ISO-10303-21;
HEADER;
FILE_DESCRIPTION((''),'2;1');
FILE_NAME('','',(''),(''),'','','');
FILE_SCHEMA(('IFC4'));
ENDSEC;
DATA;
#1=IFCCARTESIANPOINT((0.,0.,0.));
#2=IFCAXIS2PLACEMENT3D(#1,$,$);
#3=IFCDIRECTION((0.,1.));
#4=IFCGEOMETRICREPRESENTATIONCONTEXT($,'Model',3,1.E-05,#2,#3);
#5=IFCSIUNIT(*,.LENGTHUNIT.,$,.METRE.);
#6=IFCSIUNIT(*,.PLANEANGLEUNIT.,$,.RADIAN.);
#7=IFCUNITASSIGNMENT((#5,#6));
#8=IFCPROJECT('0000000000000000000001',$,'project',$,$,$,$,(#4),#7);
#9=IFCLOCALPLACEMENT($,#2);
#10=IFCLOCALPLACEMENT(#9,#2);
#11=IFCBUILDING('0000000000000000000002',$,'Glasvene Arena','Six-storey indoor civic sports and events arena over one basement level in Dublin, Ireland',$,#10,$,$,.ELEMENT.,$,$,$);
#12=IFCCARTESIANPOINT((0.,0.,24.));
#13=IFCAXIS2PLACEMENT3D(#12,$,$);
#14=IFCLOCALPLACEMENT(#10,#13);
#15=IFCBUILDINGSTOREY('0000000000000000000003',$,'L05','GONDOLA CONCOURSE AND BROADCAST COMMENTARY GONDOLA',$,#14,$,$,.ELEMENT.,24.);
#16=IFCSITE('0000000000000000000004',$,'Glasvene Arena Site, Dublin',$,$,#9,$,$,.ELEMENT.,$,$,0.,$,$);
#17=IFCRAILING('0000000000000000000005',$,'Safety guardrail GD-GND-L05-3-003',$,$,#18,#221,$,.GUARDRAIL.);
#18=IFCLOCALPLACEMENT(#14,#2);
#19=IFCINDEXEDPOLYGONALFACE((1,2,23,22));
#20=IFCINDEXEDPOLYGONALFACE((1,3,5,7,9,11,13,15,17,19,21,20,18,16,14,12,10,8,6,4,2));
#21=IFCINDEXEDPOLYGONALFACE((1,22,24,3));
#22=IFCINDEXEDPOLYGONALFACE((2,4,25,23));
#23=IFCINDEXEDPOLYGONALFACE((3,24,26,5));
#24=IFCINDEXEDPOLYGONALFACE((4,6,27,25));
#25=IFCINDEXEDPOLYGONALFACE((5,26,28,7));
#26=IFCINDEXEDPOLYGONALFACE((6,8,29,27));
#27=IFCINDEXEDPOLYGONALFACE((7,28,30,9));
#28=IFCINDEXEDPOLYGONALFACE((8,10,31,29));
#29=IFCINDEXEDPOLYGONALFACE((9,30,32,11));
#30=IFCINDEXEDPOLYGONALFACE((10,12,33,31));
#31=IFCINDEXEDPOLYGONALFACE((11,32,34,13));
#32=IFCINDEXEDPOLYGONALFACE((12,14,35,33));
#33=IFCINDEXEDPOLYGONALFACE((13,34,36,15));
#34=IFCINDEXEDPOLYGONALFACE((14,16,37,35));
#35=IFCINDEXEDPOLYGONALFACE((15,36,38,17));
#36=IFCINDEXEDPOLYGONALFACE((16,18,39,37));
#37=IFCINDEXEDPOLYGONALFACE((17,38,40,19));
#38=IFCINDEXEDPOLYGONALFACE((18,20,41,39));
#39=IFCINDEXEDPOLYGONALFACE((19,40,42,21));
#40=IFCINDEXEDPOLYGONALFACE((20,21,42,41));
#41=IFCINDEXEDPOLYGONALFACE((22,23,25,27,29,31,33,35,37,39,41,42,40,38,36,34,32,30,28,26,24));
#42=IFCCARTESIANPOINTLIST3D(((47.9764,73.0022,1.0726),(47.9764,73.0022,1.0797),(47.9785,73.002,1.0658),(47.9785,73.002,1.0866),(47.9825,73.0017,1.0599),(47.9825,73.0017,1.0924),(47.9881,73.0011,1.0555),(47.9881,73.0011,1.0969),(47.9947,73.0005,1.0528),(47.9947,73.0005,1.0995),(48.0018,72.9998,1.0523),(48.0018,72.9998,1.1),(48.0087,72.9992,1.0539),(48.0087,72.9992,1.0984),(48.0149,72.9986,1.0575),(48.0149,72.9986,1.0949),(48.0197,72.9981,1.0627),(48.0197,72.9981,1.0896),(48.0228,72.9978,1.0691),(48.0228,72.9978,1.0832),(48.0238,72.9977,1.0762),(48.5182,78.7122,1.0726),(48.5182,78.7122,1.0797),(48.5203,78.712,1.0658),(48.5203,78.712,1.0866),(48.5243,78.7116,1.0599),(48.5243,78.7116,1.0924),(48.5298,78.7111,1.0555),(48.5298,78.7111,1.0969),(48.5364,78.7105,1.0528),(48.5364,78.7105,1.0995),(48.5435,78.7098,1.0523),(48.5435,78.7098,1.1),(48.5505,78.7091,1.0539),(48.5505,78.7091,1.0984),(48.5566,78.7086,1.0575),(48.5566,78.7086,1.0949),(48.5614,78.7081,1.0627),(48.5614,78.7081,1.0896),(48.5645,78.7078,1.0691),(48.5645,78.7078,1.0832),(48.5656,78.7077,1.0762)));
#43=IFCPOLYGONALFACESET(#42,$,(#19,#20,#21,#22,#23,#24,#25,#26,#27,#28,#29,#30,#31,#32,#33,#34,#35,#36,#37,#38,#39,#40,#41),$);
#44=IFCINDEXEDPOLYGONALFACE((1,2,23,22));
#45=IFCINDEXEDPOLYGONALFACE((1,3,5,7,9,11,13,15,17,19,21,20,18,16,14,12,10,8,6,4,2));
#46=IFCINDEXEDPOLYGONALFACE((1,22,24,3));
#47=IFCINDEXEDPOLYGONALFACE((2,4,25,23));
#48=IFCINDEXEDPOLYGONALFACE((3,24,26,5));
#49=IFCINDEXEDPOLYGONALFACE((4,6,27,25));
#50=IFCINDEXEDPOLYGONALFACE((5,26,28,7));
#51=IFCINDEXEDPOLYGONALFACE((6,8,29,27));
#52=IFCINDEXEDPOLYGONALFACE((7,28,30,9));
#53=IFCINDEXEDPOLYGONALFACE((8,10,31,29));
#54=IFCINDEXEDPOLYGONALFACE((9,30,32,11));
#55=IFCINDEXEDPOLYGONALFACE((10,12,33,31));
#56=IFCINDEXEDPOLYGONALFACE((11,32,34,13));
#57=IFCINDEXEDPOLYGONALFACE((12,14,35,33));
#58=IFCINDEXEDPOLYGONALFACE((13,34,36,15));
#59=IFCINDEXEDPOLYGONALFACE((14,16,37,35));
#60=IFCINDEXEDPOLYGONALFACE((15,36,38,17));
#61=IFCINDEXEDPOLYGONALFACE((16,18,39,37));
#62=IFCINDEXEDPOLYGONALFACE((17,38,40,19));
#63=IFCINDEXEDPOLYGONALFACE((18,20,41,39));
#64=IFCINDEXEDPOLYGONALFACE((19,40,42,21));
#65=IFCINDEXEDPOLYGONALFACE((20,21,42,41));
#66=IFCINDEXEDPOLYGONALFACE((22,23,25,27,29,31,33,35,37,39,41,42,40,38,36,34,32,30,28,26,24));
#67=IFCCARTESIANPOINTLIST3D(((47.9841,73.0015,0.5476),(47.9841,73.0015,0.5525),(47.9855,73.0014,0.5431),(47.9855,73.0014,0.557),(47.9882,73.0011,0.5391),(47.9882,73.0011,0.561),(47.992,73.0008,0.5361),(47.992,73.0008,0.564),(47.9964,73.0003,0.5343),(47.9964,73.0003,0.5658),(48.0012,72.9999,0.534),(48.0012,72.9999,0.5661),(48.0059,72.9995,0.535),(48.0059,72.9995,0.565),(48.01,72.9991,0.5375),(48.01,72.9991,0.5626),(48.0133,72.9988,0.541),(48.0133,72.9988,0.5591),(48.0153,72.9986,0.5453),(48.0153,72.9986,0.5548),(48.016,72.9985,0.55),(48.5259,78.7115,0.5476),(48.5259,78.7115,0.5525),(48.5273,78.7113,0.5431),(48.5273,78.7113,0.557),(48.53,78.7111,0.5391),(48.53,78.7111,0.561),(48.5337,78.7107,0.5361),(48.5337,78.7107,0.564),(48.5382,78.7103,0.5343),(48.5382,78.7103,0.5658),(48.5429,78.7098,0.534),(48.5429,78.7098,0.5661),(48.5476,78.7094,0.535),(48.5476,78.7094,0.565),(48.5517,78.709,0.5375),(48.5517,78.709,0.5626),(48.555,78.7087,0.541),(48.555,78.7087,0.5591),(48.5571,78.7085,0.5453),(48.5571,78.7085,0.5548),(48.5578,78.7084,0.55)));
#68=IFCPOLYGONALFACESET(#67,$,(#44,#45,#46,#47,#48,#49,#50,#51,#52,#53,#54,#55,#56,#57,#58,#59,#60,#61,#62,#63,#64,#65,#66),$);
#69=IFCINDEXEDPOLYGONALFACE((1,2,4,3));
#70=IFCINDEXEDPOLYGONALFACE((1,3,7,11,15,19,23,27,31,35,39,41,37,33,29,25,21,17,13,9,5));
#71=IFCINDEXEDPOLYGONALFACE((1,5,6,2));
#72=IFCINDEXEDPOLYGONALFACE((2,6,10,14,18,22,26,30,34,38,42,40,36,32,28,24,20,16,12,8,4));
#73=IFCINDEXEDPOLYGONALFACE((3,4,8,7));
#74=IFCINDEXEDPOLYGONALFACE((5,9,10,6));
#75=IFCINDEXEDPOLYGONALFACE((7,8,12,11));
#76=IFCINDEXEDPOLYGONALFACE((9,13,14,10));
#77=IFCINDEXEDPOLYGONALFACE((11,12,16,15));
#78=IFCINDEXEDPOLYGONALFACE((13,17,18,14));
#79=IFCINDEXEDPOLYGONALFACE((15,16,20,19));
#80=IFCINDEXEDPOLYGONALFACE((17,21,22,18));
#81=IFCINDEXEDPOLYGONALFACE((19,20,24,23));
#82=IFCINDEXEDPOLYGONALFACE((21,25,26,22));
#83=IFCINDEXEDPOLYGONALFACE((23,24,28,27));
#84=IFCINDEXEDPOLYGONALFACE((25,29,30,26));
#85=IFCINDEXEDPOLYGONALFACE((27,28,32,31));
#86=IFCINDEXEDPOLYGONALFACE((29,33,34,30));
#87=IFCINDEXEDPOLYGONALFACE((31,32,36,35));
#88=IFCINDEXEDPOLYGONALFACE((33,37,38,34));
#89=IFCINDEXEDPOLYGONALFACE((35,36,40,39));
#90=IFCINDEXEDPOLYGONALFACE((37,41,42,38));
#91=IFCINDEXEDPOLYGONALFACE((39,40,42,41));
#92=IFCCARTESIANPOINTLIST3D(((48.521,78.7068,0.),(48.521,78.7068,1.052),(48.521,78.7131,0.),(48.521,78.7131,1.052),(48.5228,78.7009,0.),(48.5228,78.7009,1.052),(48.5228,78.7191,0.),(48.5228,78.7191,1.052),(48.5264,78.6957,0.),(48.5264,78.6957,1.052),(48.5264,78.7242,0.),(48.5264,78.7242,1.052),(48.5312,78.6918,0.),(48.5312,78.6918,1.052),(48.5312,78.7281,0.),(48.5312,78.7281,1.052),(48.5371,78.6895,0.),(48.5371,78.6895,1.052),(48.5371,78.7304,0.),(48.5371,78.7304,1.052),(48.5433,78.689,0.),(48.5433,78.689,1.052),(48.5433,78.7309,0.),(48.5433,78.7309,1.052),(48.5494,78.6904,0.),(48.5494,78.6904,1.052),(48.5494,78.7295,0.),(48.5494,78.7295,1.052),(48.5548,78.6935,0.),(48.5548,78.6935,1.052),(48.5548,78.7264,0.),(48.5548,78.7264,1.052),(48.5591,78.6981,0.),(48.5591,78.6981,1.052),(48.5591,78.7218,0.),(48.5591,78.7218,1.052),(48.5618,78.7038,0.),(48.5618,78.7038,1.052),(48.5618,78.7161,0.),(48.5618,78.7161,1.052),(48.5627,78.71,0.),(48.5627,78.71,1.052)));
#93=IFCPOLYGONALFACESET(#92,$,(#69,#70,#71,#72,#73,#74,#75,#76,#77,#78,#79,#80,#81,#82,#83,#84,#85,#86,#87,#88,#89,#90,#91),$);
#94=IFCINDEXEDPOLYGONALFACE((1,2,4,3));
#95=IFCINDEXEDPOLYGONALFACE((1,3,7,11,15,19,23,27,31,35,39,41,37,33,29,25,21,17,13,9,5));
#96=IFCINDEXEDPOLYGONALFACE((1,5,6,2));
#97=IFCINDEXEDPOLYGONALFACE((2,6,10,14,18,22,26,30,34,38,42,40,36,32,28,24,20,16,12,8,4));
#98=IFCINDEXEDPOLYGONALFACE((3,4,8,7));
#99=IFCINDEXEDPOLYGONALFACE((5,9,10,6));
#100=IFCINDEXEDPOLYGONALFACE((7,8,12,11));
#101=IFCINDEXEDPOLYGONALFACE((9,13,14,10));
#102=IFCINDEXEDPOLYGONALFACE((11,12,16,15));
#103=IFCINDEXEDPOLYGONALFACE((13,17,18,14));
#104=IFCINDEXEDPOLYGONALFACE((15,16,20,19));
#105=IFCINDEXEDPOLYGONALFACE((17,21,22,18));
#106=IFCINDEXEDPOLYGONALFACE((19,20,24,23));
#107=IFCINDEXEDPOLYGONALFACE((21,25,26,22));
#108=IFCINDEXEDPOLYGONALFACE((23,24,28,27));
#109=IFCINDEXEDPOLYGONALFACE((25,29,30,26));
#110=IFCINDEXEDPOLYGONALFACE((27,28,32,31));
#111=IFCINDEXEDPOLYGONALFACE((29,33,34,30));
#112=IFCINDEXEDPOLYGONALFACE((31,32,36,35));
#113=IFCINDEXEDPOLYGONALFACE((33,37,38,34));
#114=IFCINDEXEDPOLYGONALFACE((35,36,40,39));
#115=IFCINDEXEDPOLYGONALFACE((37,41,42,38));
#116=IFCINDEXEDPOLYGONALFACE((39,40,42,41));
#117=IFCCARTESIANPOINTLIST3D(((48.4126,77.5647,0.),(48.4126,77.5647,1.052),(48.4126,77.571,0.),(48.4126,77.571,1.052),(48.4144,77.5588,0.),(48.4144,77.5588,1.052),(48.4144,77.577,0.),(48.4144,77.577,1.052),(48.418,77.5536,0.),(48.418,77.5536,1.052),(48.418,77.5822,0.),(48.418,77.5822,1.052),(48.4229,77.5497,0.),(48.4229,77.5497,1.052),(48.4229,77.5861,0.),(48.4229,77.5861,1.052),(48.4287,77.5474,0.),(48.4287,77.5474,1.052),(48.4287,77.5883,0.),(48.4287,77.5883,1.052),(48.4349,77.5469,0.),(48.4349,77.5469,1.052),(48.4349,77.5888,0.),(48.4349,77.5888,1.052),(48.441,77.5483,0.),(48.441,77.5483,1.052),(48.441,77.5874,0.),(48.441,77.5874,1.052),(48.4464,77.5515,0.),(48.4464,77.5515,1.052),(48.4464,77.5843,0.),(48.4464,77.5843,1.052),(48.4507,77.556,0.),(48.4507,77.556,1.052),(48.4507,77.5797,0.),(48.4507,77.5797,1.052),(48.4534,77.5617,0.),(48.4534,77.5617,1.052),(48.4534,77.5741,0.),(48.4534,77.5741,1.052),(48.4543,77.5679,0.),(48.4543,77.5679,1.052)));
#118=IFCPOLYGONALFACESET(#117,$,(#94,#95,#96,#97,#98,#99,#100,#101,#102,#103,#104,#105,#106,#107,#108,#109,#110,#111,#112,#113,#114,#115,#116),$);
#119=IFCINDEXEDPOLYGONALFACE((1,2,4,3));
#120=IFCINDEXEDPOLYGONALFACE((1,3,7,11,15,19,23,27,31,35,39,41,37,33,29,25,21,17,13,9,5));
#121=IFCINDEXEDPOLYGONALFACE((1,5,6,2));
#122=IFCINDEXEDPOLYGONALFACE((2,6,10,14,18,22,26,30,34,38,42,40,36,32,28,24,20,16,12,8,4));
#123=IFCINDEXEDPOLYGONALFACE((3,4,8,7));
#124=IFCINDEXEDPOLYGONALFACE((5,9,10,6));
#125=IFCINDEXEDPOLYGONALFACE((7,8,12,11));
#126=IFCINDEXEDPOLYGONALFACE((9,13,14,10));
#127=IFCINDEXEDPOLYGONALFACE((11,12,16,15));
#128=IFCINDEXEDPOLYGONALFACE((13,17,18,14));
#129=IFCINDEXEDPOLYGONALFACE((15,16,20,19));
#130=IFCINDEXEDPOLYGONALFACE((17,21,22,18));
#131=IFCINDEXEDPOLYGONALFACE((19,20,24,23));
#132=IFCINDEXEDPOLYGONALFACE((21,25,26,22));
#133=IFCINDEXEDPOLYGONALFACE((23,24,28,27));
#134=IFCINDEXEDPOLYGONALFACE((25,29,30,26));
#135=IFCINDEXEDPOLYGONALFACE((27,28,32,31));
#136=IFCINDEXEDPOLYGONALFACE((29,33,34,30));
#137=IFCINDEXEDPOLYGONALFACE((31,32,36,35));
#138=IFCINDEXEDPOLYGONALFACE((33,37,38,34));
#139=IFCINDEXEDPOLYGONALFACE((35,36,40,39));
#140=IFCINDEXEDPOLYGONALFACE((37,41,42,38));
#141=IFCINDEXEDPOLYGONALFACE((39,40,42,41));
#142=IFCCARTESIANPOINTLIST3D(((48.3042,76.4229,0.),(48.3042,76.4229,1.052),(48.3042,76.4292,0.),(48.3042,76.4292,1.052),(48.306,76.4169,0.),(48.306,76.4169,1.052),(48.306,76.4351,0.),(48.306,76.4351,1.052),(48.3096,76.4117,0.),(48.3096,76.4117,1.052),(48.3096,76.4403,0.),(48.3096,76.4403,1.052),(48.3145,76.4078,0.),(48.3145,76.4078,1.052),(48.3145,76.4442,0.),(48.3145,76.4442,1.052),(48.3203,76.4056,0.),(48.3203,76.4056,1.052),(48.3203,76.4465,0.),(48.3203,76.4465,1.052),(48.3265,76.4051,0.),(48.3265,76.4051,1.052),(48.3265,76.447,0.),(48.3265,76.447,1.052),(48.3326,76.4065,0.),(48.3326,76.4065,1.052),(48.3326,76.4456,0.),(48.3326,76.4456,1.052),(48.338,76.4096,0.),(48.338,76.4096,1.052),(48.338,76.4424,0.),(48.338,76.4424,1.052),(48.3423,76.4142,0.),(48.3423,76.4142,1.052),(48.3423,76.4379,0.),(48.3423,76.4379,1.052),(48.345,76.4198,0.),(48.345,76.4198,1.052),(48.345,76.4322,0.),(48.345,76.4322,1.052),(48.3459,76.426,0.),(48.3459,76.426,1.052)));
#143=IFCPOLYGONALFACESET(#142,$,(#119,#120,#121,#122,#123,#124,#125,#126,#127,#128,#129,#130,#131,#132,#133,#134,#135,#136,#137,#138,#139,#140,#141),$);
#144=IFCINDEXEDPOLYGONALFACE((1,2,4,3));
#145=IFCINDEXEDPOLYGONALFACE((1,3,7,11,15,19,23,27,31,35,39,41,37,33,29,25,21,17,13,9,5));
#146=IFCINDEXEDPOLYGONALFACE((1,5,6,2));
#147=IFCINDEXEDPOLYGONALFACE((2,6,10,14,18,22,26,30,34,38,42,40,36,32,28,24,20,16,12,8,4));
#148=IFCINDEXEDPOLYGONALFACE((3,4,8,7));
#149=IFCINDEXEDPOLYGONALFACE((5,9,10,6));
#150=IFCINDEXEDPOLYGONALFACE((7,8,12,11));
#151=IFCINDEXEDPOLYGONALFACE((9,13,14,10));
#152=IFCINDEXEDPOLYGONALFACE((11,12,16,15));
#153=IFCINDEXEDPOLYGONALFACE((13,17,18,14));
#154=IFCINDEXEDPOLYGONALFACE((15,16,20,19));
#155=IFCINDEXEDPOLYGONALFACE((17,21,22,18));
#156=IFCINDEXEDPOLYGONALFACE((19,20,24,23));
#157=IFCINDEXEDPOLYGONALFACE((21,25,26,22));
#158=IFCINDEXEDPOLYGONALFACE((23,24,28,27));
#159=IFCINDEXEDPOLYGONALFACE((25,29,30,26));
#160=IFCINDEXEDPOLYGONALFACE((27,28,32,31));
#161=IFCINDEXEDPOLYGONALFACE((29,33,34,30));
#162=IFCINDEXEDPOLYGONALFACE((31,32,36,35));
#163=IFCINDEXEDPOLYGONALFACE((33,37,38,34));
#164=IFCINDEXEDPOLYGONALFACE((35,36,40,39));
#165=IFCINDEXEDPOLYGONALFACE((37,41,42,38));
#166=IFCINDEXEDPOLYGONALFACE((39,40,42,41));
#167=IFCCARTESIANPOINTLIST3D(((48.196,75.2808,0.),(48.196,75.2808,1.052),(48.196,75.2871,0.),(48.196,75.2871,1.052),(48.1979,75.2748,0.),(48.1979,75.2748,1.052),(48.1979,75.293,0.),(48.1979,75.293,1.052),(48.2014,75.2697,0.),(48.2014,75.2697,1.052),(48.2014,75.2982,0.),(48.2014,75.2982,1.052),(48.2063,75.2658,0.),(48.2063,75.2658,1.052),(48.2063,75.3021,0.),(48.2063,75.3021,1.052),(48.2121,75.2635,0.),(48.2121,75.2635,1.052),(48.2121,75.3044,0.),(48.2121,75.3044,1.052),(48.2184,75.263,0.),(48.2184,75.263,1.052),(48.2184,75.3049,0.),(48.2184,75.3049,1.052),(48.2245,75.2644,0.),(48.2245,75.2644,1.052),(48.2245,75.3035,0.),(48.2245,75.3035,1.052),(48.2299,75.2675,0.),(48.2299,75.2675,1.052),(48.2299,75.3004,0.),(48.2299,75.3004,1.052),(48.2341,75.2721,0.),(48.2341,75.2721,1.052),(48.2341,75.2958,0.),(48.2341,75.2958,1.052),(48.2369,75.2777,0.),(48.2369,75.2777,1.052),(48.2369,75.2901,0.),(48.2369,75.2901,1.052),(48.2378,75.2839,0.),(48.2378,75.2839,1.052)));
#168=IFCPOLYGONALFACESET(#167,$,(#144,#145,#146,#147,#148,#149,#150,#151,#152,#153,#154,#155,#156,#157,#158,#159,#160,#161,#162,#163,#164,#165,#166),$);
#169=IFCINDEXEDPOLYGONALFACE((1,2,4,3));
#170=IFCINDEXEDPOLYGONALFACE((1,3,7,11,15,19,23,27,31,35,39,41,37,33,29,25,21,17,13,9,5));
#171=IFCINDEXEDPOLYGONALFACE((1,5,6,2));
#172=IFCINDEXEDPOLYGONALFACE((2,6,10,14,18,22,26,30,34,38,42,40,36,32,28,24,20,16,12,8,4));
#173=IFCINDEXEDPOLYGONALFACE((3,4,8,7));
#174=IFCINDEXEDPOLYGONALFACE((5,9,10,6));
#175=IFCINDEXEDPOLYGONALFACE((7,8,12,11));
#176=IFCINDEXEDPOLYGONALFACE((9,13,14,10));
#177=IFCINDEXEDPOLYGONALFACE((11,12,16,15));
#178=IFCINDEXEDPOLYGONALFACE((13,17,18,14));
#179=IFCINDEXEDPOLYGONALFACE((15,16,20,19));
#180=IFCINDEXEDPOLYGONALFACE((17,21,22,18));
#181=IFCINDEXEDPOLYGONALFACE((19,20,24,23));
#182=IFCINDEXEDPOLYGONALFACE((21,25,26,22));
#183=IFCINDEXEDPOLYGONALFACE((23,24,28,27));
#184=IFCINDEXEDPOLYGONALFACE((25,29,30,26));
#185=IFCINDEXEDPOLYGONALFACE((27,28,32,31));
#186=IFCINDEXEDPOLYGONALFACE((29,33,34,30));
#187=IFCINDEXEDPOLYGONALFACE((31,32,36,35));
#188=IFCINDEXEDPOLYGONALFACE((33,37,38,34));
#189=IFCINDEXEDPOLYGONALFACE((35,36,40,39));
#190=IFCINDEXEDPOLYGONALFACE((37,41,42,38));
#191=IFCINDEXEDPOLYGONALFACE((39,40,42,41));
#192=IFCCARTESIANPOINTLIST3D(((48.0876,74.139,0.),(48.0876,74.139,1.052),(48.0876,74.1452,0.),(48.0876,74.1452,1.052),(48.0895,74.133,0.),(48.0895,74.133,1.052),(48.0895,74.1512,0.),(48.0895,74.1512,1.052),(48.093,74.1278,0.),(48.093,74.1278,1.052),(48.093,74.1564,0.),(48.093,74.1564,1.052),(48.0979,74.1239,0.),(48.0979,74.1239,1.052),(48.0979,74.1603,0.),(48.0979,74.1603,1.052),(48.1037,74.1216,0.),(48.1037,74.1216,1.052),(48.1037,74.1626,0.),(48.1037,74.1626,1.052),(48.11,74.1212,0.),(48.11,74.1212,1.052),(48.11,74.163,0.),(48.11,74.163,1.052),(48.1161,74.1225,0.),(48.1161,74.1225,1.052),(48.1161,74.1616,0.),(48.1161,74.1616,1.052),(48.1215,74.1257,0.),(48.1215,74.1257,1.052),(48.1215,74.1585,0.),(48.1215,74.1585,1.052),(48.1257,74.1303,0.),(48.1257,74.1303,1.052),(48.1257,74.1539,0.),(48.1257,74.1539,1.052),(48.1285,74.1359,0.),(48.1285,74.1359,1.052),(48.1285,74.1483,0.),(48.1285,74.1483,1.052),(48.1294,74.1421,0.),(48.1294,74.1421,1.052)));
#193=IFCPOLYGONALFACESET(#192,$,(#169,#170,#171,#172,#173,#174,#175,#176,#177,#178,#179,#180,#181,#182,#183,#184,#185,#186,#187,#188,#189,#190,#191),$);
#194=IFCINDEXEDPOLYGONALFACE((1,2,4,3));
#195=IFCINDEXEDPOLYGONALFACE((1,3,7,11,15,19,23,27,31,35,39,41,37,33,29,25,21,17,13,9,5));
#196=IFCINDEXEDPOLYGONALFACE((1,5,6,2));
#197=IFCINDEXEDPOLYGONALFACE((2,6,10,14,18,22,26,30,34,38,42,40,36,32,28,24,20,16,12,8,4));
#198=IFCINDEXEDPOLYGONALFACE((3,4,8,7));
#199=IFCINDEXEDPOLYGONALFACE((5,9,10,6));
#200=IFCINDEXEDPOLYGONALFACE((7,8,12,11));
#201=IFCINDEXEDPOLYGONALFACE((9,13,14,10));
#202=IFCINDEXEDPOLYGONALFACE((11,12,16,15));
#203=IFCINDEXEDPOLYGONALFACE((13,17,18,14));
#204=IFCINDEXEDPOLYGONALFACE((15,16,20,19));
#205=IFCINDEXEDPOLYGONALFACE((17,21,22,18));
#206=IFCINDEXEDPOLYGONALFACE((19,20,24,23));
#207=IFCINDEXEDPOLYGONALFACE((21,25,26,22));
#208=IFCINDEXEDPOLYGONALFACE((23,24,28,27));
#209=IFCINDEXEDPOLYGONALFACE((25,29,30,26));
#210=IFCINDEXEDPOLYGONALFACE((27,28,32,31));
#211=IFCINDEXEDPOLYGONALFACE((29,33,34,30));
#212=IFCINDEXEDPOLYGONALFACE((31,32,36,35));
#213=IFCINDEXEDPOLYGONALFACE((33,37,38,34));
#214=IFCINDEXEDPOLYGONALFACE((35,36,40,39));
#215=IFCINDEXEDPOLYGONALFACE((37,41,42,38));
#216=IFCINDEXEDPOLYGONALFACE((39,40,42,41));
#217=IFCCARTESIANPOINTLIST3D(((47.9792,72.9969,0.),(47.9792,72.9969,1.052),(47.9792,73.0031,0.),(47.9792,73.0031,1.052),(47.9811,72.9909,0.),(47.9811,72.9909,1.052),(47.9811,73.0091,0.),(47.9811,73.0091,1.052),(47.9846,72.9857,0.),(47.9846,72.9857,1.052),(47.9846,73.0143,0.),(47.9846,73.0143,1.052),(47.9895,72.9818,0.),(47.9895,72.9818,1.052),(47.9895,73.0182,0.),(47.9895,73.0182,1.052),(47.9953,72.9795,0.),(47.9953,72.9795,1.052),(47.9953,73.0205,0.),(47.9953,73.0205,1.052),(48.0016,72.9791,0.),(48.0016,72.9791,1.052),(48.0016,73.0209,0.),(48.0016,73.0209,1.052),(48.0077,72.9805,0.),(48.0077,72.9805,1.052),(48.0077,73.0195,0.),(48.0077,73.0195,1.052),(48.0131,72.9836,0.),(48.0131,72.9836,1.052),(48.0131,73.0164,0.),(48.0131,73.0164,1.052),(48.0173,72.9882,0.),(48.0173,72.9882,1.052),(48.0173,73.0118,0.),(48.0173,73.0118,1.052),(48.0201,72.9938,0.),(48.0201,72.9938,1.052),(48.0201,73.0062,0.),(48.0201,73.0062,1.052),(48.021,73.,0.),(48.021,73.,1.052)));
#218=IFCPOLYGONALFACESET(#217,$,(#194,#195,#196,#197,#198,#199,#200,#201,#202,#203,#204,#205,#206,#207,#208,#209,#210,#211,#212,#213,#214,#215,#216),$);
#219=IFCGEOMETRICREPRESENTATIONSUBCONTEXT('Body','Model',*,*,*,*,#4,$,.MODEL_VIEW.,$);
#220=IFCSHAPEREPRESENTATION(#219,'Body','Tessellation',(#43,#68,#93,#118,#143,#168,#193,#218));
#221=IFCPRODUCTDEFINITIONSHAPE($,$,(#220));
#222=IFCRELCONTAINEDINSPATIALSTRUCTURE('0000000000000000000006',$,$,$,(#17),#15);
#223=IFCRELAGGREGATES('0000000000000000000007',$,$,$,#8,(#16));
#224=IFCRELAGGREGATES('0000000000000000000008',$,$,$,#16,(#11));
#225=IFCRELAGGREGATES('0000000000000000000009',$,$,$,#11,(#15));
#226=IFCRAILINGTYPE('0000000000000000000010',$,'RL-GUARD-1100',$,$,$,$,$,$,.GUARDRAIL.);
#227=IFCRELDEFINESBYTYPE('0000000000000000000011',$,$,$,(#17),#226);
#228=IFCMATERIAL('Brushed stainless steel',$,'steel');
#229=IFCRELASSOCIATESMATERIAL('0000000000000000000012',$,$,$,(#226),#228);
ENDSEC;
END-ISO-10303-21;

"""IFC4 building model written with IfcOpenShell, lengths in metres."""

from ifc_helpers import new_model, si_unit, direction, frame, origin, origin_2d, place, context, subcontext, project, spatial, circle, extrude, material, type_object, element, save


model = new_model("IFC4")

# Units and contexts
model_context = context("Model", 3, precision=1e-05, world=origin(), true_north=direction((0.0, 1.0)))
body_context = subcontext(model_context, "Body", "Model", "MODEL_VIEW")
ifc_project = project(units=[si_unit("LENGTHUNIT", "METRE"), si_unit("PLANEANGLEUNIT", "RADIAN")], contexts=[model_context])

# Site, building, storey
site_placement = place(None, origin())
site = spatial("IfcSite", under=ifc_project, at=site_placement, Name="Glasvene Arena Site, Dublin", CompositionType="ELEMENT", RefElevation=0.0)
building_placement = place(site_placement, origin())
building = spatial("IfcBuilding", under=site, at=building_placement, Name="Glasvene Arena", Description="Six-storey indoor civic sports and events arena over one basement level in Dublin, Ireland", CompositionType="ELEMENT")
storey_placement = place(building_placement, frame((0.0, 0.0, 24.0)))
storey = spatial("IfcBuildingStorey", under=building, at=storey_placement, Name="L05", Description="GONDOLA CONCOURSE AND BROADCAST COMMENTARY GONDOLA", CompositionType="ELEMENT", Elevation=24.0)

# Railing
ifc_material_1 = material(Name="Brushed stainless steel", Category="steel")
railing_type_1 = type_object("IfcRailingType", Name="RL-GUARD-1100", PredefinedType="GUARDRAIL", material=ifc_material_1)
railing_1_placement = place(storey_placement, frame((48.5417, 78.71, 0.0)))
element("IfcRailing", 1, at=railing_1_placement, inside=storey, type_object=railing_type_1, Name="Safety guardrail GD-GND-L05-3-003", PredefinedType="GUARDRAIL", context=body_context, shape_type="SweptSolid", body=[
    extrude(circle(Radius=0.0239, at=origin_2d()), frame((0.0, 0.0, 1.0762), z_axis=(-0.094454, -0.995529, 0.0), x_axis=(0.995529, -0.094454, 0.0)), (0.0, 0.0, 1.0), 5.7356),
    extrude(circle(Radius=0.0161, at=origin_2d()), frame((0.0, 0.0, 0.55), z_axis=(-0.094454, -0.995529, 0.0), x_axis=(0.995529, -0.094454, 0.0)), (0.0, 0.0, 1.0), 5.7356),
    extrude(circle(Radius=0.021, at=origin_2d()), origin(), (0.0, 0.0, 1.0), 1.052),
    extrude(circle(Radius=0.021, at=origin_2d()), frame((-0.1084, -1.1421, 0.0)), (0.0, 0.0, 1.0), 1.052),
    extrude(circle(Radius=0.021, at=origin_2d()), frame((-0.2168, -2.2839, 0.0)), (0.0, 0.0, 1.0), 1.052),
    extrude(circle(Radius=0.021, at=origin_2d()), frame((-0.325, -3.426, 0.0)), (0.0, 0.0, 1.0), 1.052),
    extrude(circle(Radius=0.021, at=origin_2d()), frame((-0.4333, -4.5679, 0.0)), (0.0, 0.0, 1.0), 1.052),
    extrude(circle(Radius=0.021, at=origin_2d()), frame((-0.5417, -5.71, 0.0)), (0.0, 0.0, 1.0), 1.052),
])

save(model, "model.ifc")
